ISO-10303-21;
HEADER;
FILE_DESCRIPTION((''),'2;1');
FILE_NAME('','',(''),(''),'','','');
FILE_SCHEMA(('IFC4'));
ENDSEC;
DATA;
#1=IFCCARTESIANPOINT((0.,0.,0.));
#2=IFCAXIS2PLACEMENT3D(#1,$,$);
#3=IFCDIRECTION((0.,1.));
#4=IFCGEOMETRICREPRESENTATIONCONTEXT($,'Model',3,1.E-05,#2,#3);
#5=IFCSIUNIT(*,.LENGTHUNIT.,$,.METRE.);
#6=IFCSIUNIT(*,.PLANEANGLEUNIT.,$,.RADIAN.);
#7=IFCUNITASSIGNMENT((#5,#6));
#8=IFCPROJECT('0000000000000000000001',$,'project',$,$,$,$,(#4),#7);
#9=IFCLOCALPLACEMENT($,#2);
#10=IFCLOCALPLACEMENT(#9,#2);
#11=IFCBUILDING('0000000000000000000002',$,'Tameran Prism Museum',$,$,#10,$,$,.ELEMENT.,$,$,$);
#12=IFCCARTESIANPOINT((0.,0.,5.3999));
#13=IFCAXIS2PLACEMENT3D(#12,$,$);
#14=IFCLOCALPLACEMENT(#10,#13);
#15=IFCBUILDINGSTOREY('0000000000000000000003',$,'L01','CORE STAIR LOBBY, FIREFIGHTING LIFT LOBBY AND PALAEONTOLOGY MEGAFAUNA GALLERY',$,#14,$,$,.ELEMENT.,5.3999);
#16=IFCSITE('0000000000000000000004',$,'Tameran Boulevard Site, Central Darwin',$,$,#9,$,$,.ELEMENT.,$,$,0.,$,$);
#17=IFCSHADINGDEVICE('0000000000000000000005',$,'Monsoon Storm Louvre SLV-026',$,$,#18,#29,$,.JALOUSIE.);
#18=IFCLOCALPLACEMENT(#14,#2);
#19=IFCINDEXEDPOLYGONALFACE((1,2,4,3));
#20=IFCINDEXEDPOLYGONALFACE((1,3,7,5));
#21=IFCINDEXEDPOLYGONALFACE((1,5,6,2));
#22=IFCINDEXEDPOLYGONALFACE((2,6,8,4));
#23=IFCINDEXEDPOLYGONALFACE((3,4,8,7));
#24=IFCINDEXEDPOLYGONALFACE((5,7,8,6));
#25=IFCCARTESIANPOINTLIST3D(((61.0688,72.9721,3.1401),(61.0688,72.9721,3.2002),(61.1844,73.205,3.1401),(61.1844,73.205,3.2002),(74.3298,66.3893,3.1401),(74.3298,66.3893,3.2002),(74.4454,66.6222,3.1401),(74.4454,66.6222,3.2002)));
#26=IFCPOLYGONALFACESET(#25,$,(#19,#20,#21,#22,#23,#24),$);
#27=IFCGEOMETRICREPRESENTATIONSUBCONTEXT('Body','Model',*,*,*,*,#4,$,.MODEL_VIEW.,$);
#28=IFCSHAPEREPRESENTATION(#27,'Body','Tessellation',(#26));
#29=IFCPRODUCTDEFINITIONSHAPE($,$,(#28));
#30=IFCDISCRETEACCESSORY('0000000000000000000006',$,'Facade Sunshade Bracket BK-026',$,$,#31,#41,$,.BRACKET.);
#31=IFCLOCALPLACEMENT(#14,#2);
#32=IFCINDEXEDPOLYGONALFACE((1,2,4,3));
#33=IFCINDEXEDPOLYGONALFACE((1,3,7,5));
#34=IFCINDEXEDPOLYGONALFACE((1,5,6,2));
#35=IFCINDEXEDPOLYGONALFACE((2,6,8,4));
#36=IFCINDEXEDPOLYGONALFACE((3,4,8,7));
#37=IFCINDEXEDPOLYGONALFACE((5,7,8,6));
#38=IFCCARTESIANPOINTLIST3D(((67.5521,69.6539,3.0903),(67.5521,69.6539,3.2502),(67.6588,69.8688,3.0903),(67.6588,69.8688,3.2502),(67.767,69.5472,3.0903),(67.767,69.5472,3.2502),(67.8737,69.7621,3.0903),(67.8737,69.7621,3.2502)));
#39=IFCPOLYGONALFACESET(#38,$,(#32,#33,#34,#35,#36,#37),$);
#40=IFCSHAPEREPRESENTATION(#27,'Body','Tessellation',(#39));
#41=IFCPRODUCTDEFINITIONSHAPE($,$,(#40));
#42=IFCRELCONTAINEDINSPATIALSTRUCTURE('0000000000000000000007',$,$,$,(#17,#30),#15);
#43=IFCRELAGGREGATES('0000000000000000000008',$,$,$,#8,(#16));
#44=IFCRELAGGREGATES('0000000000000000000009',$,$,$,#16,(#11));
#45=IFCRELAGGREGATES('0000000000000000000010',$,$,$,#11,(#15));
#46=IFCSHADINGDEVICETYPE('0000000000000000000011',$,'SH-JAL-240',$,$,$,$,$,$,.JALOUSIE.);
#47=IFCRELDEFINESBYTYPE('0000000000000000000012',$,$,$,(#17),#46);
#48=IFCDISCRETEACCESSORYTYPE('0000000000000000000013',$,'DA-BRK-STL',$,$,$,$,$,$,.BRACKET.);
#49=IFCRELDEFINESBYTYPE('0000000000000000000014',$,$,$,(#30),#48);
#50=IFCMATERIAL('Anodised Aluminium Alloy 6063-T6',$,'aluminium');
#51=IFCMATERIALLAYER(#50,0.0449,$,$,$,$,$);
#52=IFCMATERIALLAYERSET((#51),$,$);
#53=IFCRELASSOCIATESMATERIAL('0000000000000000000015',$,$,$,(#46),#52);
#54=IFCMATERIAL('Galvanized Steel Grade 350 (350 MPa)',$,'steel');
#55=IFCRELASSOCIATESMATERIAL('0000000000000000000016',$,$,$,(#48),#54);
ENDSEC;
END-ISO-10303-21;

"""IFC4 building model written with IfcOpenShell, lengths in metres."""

from ifc_helpers import new_model, si_unit, direction, frame, origin, origin_2d, place, context, subcontext, project, spatial, rectangle, extrude, material, layer, layer_set, type_object, element, save


model = new_model("IFC4")

# Units and contexts
model_context = context("Model", 3, precision=1e-05, world=origin(), true_north=direction((0.0, 1.0)))
body_context = subcontext(model_context, "Body", "Model", "MODEL_VIEW")
ifc_project = project(units=[si_unit("LENGTHUNIT", "METRE"), si_unit("PLANEANGLEUNIT", "RADIAN")], contexts=[model_context])

# Site, building, storey
site_placement = place(None, origin())
site = spatial("IfcSite", under=ifc_project, at=site_placement, Name="Tameran Boulevard Site, Central Darwin", CompositionType="ELEMENT", RefElevation=0.0)
building_placement = place(site_placement, origin())
building = spatial("IfcBuilding", under=site, at=building_placement, Name="Tameran Prism Museum", CompositionType="ELEMENT")
storey_placement = place(building_placement, frame((0.0, 0.0, 5.3999)))
storey = spatial("IfcBuildingStorey", under=building, at=storey_placement, Name="L01", Description="CORE STAIR LOBBY, FIREFIGHTING LIFT LOBBY AND PALAEONTOLOGY MEGAFAUNA GALLERY", CompositionType="ELEMENT", Elevation=5.3999)

# Shading device
ifc_material_1 = material(Name="Anodised Aluminium Alloy 6063-T6", Category="aluminium")
ifc_layer_1 = layer(ifc_material_1, 0.0449)
ifc_layer_set_1 = layer_set([ifc_layer_1])
shading_device_type = type_object("IfcShadingDeviceType", Name="SH-JAL-240", PredefinedType="JALOUSIE", material=ifc_layer_set_1)
shading_device_placement = place(storey_placement, frame((67.7571, 69.7971, 3.1401), z_axis=(0.0, 0.0, 1.0), x_axis=(0.895712, -0.444635, 0.0)))
element("IfcShadingDevice", 1, at=shading_device_placement, inside=storey, type_object=shading_device_type, Name="Monsoon Storm Louvre SLV-026", PredefinedType="JALOUSIE", context=body_context, shape_type="SweptSolid", body=[
    extrude(rectangle(XDim=14.8049, YDim=0.26, at=origin_2d()), origin(), (0.0, 0.0, 1.0), 0.0601),
])

# Discrete accessory
ifc_material_2 = material(Name="Galvanized Steel Grade 350 (350 MPa)", Category="steel")
discrete_accessory_type = type_object("IfcDiscreteAccessoryType", Name="DA-BRK-STL", PredefinedType="BRACKET", material=ifc_material_2)
discrete_accessory_placement = place(storey_placement, frame((67.7129, 69.708, 3.0903), z_axis=(0.0, 0.0, 1.0), x_axis=(0.895712, -0.444635, 0.0)))
element("IfcDiscreteAccessory", 2, at=discrete_accessory_placement, inside=storey, type_object=discrete_accessory_type, Name="Facade Sunshade Bracket BK-026", PredefinedType="BRACKET", context=body_context, shape_type="SweptSolid", body=[
    extrude(rectangle(XDim=0.24, YDim=0.24, at=origin_2d()), origin(), (0.0, 0.0, 1.0), 0.1599),
])

save(model, "model.ifc")
